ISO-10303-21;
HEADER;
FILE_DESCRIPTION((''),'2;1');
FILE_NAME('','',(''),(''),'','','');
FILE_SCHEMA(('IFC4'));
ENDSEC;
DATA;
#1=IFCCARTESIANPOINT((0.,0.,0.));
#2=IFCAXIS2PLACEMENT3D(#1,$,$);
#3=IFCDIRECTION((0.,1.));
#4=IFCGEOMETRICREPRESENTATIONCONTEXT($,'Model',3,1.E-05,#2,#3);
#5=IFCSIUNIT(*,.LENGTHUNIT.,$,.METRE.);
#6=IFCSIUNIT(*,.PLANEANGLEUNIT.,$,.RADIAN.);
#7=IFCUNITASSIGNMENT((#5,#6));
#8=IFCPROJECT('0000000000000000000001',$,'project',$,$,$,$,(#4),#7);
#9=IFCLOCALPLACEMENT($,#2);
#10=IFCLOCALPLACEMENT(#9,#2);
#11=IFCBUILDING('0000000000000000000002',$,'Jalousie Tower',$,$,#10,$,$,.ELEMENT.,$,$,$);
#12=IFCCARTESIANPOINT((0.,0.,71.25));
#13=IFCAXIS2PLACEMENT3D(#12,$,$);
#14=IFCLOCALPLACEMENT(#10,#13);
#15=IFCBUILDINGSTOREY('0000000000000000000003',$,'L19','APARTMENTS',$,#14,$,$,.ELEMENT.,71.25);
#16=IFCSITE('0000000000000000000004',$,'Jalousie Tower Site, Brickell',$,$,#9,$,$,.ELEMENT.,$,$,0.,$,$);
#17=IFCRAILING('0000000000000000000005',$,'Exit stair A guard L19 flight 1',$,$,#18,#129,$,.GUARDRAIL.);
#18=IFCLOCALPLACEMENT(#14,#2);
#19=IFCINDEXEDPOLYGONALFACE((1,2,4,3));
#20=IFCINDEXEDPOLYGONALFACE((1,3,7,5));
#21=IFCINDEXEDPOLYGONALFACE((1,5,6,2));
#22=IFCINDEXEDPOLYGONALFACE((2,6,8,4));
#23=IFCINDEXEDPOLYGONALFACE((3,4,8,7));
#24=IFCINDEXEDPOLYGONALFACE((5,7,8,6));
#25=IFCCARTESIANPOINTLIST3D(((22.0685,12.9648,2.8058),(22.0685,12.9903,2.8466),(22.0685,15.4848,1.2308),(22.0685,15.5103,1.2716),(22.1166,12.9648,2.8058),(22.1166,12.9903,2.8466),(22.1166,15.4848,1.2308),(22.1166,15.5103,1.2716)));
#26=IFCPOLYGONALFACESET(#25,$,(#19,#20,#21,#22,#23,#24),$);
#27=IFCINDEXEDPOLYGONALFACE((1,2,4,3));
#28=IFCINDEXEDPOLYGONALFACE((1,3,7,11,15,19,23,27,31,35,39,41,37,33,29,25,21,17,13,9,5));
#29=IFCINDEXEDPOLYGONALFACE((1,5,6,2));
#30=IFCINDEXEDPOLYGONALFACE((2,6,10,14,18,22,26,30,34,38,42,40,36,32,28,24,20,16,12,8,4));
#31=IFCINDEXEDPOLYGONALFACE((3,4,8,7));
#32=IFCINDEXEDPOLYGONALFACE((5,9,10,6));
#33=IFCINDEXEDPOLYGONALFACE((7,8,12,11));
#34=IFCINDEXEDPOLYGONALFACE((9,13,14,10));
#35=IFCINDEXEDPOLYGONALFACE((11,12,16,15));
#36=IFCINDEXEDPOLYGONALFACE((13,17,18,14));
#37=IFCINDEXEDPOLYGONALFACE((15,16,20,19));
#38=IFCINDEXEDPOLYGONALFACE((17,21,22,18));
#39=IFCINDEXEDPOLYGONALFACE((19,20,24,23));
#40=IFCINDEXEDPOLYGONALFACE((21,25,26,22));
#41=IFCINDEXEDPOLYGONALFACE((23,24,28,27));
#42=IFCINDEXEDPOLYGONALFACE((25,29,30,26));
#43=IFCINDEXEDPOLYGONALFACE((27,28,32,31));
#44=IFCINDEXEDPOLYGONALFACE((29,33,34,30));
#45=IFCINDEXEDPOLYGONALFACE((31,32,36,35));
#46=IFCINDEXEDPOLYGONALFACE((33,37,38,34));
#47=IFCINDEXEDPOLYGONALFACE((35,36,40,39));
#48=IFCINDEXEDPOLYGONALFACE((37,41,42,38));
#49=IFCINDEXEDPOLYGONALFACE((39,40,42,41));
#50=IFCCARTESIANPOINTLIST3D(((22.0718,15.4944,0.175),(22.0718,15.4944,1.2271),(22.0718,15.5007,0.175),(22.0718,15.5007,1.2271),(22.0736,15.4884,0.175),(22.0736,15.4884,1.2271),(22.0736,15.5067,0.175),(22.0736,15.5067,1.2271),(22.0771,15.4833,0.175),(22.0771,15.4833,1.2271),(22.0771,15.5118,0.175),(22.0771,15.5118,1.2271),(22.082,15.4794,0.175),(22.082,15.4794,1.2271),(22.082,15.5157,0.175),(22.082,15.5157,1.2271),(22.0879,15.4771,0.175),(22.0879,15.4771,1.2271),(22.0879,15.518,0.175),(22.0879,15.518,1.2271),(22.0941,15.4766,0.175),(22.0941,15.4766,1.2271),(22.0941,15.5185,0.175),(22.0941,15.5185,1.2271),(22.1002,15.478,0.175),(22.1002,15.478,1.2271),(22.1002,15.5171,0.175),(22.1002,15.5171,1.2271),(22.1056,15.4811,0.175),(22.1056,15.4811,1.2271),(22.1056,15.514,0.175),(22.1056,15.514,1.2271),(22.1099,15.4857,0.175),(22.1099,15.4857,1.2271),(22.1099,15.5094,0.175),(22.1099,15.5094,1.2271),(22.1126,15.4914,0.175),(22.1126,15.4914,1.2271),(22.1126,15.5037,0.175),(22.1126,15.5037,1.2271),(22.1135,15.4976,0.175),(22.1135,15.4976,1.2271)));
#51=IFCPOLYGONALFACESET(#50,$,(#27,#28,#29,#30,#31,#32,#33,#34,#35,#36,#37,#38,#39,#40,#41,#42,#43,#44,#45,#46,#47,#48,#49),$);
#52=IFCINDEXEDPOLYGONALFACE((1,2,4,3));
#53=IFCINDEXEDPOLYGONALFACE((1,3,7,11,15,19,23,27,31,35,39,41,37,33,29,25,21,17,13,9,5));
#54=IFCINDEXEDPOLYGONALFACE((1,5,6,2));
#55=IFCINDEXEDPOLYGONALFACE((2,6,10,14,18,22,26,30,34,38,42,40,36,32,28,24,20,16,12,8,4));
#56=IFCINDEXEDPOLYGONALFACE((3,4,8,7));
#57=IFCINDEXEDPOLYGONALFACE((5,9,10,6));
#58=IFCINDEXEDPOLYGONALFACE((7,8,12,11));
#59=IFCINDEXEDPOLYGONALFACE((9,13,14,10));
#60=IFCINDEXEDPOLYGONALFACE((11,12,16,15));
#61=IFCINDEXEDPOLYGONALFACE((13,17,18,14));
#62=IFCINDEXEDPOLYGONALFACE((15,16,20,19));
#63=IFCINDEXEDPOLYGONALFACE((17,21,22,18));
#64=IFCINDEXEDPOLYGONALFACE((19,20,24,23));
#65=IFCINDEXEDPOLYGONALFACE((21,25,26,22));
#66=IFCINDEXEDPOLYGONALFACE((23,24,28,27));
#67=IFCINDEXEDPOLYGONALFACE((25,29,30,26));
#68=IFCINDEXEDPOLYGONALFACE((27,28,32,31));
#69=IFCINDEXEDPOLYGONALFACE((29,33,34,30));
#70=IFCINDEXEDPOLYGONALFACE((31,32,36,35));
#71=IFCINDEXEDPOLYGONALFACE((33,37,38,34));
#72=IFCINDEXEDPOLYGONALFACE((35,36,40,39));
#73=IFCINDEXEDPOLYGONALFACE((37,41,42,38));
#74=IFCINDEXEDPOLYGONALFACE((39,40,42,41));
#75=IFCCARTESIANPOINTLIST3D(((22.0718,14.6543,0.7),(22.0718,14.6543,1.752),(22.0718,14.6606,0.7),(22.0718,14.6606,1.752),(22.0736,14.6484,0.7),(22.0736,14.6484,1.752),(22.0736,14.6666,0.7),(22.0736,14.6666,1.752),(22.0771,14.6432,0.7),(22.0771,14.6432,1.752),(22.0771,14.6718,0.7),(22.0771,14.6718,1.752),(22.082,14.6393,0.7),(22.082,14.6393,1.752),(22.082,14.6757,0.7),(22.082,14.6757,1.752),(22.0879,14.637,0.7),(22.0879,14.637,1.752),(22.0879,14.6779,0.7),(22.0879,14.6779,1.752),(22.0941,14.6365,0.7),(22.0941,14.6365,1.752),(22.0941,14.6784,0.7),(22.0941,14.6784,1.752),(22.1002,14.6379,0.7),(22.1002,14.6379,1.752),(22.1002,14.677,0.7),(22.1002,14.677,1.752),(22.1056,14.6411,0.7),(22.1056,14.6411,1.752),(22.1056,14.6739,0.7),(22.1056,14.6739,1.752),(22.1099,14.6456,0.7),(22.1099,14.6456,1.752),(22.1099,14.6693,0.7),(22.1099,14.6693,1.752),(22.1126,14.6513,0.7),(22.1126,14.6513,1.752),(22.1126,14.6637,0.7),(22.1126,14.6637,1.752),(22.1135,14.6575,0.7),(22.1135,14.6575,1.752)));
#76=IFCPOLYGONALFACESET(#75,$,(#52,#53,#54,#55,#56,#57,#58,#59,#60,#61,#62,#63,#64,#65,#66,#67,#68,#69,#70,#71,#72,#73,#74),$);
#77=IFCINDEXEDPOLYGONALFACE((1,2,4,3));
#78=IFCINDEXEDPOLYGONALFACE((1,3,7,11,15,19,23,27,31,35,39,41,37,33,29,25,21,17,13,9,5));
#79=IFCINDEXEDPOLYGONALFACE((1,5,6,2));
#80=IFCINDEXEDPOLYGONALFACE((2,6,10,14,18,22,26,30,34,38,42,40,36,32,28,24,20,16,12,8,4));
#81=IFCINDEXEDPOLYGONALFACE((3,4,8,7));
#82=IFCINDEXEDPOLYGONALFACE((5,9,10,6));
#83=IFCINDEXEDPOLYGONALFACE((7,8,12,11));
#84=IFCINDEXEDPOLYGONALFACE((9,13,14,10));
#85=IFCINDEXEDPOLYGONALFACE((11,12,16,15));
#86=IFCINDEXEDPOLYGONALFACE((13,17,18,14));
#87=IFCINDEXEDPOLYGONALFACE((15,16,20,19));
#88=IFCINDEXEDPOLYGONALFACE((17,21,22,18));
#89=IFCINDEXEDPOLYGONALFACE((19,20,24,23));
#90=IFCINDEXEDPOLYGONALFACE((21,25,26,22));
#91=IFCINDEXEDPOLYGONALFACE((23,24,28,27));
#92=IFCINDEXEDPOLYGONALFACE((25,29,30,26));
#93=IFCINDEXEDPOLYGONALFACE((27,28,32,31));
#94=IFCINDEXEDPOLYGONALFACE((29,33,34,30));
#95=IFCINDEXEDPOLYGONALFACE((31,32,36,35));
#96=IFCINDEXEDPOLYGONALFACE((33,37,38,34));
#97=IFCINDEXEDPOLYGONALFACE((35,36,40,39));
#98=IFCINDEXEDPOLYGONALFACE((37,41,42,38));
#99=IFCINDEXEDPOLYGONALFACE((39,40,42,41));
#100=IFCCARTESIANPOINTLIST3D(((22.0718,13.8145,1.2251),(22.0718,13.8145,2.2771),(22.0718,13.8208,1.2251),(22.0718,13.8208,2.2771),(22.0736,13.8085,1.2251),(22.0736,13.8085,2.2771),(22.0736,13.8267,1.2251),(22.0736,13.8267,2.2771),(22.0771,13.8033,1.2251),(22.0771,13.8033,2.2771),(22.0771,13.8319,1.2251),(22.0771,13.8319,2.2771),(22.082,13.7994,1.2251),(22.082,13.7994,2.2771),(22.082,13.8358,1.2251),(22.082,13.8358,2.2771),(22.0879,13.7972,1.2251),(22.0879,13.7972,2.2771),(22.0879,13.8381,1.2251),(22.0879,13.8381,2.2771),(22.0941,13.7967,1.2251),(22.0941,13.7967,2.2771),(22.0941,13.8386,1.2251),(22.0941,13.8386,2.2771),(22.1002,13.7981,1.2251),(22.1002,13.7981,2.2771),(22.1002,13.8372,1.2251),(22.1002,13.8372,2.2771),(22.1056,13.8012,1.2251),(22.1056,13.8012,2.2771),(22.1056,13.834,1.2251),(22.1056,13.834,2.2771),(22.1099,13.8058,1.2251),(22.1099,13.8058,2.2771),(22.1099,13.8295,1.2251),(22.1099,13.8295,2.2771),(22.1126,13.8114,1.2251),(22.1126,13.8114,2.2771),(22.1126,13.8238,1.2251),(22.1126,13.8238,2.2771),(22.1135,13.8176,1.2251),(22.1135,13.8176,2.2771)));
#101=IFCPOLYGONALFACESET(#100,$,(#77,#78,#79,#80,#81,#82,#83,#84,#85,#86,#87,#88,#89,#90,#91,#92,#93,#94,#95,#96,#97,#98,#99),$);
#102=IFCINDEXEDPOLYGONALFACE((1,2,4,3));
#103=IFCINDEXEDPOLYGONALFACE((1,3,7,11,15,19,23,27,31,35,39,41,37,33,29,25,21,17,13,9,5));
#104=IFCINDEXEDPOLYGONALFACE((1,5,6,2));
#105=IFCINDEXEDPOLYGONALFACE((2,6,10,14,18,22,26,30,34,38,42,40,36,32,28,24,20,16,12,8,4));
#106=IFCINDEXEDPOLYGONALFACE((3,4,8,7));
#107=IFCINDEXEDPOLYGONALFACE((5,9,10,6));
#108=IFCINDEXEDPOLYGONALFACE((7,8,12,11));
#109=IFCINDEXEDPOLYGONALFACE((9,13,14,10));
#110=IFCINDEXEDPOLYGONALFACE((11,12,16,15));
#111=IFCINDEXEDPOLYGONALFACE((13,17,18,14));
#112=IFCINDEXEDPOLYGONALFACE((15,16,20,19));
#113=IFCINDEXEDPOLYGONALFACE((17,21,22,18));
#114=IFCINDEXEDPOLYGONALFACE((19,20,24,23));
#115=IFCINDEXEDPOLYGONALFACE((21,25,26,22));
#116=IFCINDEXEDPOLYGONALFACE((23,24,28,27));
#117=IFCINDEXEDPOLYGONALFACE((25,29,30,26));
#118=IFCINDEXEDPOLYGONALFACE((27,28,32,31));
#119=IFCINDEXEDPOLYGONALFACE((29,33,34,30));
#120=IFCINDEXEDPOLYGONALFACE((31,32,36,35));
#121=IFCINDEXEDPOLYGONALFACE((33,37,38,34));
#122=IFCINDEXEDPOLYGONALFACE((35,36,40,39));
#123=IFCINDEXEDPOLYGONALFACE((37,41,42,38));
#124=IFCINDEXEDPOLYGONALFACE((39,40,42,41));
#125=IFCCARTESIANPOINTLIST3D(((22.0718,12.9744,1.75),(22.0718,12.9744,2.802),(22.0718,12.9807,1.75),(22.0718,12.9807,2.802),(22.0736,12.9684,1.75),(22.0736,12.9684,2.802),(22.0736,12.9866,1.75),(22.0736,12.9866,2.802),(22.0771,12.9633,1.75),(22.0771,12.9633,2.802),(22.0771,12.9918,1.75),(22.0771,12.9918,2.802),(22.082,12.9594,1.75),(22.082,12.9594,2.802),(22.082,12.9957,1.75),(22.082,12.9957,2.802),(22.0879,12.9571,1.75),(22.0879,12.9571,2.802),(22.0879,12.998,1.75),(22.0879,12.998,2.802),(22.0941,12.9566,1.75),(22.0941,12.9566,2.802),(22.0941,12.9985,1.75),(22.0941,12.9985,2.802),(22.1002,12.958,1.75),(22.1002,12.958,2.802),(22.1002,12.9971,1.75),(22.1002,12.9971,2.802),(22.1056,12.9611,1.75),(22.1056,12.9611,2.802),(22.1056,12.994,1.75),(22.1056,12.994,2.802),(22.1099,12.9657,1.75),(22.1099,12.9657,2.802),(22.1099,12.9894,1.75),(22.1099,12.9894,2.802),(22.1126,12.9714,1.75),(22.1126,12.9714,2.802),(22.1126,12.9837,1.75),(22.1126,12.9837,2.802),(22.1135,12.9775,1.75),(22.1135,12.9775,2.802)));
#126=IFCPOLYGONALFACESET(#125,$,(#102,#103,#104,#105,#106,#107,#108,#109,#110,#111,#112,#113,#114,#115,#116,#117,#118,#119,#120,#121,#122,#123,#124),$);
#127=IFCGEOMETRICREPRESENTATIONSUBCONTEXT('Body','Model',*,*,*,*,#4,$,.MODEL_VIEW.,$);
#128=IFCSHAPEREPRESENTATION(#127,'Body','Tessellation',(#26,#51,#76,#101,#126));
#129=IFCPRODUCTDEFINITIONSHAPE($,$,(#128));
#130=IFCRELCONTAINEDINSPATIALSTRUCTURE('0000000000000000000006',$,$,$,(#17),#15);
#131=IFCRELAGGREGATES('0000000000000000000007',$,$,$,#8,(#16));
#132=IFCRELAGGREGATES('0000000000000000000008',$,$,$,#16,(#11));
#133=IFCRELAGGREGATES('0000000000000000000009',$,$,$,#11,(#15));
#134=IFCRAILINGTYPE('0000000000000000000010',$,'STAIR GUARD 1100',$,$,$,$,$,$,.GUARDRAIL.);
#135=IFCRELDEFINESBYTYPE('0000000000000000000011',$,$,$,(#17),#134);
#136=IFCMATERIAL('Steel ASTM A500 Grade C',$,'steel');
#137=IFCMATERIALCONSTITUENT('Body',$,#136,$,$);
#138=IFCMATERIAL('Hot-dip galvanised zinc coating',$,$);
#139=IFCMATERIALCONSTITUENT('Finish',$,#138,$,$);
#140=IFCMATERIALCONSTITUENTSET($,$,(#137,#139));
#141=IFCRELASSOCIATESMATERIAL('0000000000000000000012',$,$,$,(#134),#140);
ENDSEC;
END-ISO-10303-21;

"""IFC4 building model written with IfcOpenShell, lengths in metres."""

from ifc_helpers import new_model, si_unit, direction, frame, origin, origin_2d, place, context, subcontext, project, spatial, rectangle, circle, extrude, material, constituent, constituent_set, type_object, element, save


model = new_model("IFC4")

# Units and contexts
model_context = context("Model", 3, precision=1e-05, world=origin(), true_north=direction((0.0, 1.0)))
body_context = subcontext(model_context, "Body", "Model", "MODEL_VIEW")
ifc_project = project(units=[si_unit("LENGTHUNIT", "METRE"), si_unit("PLANEANGLEUNIT", "RADIAN")], contexts=[model_context])

# Site, building, storey
site_placement = place(None, origin())
site = spatial("IfcSite", under=ifc_project, at=site_placement, Name="Jalousie Tower Site, Brickell", CompositionType="ELEMENT", RefElevation=0.0)
building_placement = place(site_placement, origin())
building = spatial("IfcBuilding", under=site, at=building_placement, Name="Jalousie Tower", CompositionType="ELEMENT")
storey_placement = place(building_placement, frame((0.0, 0.0, 71.25)))
storey = spatial("IfcBuildingStorey", under=building, at=storey_placement, Name="L19", Description="APARTMENTS", CompositionType="ELEMENT", Elevation=71.25)

# Railing
ifc_material_1 = material(Name="Steel ASTM A500 Grade C", Category="steel")
ifc_constituent_1 = constituent(ifc_material_1, Name="Body")
ifc_material_2 = material(Name="Hot-dip galvanised zinc coating")
ifc_constituent_2 = constituent(ifc_material_2, Name="Finish")
ifc_constituent_set_1 = constituent_set(constituents=[ifc_constituent_1, ifc_constituent_2])
railing_type_1 = type_object("IfcRailingType", Name="STAIR GUARD 1100", PredefinedType="GUARDRAIL", material=ifc_constituent_set_1)
railing_1_placement = place(storey_placement, frame((22.0925, 15.4976, 0.175)))
element("IfcRailing", 1, at=railing_1_placement, inside=storey, type_object=railing_type_1, Name="Exit stair A guard L19 flight 1", PredefinedType="GUARDRAIL", context=body_context, shape_type="SweptSolid", body=[
    extrude(rectangle(XDim=0.0481, YDim=0.0481, at=origin_2d()), frame((0.0, 0.0, 1.0762), z_axis=(0.0, -0.848008, 0.529984), x_axis=(1.0, 0.0, 0.0)), (0.0, 0.0, 1.0), 2.9717),
    extrude(circle(Radius=0.021, at=origin_2d()), origin(), (0.0, 0.0, 1.0), 1.052),
    extrude(circle(Radius=0.021, at=origin_2d()), frame((0.0, -0.8401, 0.5249)), (0.0, 0.0, 1.0), 1.052),
    extrude(circle(Radius=0.021, at=origin_2d()), frame((0.0, -1.6799, 1.05)), (0.0, 0.0, 1.0), 1.052),
    extrude(circle(Radius=0.021, at=origin_2d()), frame((0.0, -2.52, 1.575)), (0.0, 0.0, 1.0), 1.052),
])

save(model, "model.ifc")
